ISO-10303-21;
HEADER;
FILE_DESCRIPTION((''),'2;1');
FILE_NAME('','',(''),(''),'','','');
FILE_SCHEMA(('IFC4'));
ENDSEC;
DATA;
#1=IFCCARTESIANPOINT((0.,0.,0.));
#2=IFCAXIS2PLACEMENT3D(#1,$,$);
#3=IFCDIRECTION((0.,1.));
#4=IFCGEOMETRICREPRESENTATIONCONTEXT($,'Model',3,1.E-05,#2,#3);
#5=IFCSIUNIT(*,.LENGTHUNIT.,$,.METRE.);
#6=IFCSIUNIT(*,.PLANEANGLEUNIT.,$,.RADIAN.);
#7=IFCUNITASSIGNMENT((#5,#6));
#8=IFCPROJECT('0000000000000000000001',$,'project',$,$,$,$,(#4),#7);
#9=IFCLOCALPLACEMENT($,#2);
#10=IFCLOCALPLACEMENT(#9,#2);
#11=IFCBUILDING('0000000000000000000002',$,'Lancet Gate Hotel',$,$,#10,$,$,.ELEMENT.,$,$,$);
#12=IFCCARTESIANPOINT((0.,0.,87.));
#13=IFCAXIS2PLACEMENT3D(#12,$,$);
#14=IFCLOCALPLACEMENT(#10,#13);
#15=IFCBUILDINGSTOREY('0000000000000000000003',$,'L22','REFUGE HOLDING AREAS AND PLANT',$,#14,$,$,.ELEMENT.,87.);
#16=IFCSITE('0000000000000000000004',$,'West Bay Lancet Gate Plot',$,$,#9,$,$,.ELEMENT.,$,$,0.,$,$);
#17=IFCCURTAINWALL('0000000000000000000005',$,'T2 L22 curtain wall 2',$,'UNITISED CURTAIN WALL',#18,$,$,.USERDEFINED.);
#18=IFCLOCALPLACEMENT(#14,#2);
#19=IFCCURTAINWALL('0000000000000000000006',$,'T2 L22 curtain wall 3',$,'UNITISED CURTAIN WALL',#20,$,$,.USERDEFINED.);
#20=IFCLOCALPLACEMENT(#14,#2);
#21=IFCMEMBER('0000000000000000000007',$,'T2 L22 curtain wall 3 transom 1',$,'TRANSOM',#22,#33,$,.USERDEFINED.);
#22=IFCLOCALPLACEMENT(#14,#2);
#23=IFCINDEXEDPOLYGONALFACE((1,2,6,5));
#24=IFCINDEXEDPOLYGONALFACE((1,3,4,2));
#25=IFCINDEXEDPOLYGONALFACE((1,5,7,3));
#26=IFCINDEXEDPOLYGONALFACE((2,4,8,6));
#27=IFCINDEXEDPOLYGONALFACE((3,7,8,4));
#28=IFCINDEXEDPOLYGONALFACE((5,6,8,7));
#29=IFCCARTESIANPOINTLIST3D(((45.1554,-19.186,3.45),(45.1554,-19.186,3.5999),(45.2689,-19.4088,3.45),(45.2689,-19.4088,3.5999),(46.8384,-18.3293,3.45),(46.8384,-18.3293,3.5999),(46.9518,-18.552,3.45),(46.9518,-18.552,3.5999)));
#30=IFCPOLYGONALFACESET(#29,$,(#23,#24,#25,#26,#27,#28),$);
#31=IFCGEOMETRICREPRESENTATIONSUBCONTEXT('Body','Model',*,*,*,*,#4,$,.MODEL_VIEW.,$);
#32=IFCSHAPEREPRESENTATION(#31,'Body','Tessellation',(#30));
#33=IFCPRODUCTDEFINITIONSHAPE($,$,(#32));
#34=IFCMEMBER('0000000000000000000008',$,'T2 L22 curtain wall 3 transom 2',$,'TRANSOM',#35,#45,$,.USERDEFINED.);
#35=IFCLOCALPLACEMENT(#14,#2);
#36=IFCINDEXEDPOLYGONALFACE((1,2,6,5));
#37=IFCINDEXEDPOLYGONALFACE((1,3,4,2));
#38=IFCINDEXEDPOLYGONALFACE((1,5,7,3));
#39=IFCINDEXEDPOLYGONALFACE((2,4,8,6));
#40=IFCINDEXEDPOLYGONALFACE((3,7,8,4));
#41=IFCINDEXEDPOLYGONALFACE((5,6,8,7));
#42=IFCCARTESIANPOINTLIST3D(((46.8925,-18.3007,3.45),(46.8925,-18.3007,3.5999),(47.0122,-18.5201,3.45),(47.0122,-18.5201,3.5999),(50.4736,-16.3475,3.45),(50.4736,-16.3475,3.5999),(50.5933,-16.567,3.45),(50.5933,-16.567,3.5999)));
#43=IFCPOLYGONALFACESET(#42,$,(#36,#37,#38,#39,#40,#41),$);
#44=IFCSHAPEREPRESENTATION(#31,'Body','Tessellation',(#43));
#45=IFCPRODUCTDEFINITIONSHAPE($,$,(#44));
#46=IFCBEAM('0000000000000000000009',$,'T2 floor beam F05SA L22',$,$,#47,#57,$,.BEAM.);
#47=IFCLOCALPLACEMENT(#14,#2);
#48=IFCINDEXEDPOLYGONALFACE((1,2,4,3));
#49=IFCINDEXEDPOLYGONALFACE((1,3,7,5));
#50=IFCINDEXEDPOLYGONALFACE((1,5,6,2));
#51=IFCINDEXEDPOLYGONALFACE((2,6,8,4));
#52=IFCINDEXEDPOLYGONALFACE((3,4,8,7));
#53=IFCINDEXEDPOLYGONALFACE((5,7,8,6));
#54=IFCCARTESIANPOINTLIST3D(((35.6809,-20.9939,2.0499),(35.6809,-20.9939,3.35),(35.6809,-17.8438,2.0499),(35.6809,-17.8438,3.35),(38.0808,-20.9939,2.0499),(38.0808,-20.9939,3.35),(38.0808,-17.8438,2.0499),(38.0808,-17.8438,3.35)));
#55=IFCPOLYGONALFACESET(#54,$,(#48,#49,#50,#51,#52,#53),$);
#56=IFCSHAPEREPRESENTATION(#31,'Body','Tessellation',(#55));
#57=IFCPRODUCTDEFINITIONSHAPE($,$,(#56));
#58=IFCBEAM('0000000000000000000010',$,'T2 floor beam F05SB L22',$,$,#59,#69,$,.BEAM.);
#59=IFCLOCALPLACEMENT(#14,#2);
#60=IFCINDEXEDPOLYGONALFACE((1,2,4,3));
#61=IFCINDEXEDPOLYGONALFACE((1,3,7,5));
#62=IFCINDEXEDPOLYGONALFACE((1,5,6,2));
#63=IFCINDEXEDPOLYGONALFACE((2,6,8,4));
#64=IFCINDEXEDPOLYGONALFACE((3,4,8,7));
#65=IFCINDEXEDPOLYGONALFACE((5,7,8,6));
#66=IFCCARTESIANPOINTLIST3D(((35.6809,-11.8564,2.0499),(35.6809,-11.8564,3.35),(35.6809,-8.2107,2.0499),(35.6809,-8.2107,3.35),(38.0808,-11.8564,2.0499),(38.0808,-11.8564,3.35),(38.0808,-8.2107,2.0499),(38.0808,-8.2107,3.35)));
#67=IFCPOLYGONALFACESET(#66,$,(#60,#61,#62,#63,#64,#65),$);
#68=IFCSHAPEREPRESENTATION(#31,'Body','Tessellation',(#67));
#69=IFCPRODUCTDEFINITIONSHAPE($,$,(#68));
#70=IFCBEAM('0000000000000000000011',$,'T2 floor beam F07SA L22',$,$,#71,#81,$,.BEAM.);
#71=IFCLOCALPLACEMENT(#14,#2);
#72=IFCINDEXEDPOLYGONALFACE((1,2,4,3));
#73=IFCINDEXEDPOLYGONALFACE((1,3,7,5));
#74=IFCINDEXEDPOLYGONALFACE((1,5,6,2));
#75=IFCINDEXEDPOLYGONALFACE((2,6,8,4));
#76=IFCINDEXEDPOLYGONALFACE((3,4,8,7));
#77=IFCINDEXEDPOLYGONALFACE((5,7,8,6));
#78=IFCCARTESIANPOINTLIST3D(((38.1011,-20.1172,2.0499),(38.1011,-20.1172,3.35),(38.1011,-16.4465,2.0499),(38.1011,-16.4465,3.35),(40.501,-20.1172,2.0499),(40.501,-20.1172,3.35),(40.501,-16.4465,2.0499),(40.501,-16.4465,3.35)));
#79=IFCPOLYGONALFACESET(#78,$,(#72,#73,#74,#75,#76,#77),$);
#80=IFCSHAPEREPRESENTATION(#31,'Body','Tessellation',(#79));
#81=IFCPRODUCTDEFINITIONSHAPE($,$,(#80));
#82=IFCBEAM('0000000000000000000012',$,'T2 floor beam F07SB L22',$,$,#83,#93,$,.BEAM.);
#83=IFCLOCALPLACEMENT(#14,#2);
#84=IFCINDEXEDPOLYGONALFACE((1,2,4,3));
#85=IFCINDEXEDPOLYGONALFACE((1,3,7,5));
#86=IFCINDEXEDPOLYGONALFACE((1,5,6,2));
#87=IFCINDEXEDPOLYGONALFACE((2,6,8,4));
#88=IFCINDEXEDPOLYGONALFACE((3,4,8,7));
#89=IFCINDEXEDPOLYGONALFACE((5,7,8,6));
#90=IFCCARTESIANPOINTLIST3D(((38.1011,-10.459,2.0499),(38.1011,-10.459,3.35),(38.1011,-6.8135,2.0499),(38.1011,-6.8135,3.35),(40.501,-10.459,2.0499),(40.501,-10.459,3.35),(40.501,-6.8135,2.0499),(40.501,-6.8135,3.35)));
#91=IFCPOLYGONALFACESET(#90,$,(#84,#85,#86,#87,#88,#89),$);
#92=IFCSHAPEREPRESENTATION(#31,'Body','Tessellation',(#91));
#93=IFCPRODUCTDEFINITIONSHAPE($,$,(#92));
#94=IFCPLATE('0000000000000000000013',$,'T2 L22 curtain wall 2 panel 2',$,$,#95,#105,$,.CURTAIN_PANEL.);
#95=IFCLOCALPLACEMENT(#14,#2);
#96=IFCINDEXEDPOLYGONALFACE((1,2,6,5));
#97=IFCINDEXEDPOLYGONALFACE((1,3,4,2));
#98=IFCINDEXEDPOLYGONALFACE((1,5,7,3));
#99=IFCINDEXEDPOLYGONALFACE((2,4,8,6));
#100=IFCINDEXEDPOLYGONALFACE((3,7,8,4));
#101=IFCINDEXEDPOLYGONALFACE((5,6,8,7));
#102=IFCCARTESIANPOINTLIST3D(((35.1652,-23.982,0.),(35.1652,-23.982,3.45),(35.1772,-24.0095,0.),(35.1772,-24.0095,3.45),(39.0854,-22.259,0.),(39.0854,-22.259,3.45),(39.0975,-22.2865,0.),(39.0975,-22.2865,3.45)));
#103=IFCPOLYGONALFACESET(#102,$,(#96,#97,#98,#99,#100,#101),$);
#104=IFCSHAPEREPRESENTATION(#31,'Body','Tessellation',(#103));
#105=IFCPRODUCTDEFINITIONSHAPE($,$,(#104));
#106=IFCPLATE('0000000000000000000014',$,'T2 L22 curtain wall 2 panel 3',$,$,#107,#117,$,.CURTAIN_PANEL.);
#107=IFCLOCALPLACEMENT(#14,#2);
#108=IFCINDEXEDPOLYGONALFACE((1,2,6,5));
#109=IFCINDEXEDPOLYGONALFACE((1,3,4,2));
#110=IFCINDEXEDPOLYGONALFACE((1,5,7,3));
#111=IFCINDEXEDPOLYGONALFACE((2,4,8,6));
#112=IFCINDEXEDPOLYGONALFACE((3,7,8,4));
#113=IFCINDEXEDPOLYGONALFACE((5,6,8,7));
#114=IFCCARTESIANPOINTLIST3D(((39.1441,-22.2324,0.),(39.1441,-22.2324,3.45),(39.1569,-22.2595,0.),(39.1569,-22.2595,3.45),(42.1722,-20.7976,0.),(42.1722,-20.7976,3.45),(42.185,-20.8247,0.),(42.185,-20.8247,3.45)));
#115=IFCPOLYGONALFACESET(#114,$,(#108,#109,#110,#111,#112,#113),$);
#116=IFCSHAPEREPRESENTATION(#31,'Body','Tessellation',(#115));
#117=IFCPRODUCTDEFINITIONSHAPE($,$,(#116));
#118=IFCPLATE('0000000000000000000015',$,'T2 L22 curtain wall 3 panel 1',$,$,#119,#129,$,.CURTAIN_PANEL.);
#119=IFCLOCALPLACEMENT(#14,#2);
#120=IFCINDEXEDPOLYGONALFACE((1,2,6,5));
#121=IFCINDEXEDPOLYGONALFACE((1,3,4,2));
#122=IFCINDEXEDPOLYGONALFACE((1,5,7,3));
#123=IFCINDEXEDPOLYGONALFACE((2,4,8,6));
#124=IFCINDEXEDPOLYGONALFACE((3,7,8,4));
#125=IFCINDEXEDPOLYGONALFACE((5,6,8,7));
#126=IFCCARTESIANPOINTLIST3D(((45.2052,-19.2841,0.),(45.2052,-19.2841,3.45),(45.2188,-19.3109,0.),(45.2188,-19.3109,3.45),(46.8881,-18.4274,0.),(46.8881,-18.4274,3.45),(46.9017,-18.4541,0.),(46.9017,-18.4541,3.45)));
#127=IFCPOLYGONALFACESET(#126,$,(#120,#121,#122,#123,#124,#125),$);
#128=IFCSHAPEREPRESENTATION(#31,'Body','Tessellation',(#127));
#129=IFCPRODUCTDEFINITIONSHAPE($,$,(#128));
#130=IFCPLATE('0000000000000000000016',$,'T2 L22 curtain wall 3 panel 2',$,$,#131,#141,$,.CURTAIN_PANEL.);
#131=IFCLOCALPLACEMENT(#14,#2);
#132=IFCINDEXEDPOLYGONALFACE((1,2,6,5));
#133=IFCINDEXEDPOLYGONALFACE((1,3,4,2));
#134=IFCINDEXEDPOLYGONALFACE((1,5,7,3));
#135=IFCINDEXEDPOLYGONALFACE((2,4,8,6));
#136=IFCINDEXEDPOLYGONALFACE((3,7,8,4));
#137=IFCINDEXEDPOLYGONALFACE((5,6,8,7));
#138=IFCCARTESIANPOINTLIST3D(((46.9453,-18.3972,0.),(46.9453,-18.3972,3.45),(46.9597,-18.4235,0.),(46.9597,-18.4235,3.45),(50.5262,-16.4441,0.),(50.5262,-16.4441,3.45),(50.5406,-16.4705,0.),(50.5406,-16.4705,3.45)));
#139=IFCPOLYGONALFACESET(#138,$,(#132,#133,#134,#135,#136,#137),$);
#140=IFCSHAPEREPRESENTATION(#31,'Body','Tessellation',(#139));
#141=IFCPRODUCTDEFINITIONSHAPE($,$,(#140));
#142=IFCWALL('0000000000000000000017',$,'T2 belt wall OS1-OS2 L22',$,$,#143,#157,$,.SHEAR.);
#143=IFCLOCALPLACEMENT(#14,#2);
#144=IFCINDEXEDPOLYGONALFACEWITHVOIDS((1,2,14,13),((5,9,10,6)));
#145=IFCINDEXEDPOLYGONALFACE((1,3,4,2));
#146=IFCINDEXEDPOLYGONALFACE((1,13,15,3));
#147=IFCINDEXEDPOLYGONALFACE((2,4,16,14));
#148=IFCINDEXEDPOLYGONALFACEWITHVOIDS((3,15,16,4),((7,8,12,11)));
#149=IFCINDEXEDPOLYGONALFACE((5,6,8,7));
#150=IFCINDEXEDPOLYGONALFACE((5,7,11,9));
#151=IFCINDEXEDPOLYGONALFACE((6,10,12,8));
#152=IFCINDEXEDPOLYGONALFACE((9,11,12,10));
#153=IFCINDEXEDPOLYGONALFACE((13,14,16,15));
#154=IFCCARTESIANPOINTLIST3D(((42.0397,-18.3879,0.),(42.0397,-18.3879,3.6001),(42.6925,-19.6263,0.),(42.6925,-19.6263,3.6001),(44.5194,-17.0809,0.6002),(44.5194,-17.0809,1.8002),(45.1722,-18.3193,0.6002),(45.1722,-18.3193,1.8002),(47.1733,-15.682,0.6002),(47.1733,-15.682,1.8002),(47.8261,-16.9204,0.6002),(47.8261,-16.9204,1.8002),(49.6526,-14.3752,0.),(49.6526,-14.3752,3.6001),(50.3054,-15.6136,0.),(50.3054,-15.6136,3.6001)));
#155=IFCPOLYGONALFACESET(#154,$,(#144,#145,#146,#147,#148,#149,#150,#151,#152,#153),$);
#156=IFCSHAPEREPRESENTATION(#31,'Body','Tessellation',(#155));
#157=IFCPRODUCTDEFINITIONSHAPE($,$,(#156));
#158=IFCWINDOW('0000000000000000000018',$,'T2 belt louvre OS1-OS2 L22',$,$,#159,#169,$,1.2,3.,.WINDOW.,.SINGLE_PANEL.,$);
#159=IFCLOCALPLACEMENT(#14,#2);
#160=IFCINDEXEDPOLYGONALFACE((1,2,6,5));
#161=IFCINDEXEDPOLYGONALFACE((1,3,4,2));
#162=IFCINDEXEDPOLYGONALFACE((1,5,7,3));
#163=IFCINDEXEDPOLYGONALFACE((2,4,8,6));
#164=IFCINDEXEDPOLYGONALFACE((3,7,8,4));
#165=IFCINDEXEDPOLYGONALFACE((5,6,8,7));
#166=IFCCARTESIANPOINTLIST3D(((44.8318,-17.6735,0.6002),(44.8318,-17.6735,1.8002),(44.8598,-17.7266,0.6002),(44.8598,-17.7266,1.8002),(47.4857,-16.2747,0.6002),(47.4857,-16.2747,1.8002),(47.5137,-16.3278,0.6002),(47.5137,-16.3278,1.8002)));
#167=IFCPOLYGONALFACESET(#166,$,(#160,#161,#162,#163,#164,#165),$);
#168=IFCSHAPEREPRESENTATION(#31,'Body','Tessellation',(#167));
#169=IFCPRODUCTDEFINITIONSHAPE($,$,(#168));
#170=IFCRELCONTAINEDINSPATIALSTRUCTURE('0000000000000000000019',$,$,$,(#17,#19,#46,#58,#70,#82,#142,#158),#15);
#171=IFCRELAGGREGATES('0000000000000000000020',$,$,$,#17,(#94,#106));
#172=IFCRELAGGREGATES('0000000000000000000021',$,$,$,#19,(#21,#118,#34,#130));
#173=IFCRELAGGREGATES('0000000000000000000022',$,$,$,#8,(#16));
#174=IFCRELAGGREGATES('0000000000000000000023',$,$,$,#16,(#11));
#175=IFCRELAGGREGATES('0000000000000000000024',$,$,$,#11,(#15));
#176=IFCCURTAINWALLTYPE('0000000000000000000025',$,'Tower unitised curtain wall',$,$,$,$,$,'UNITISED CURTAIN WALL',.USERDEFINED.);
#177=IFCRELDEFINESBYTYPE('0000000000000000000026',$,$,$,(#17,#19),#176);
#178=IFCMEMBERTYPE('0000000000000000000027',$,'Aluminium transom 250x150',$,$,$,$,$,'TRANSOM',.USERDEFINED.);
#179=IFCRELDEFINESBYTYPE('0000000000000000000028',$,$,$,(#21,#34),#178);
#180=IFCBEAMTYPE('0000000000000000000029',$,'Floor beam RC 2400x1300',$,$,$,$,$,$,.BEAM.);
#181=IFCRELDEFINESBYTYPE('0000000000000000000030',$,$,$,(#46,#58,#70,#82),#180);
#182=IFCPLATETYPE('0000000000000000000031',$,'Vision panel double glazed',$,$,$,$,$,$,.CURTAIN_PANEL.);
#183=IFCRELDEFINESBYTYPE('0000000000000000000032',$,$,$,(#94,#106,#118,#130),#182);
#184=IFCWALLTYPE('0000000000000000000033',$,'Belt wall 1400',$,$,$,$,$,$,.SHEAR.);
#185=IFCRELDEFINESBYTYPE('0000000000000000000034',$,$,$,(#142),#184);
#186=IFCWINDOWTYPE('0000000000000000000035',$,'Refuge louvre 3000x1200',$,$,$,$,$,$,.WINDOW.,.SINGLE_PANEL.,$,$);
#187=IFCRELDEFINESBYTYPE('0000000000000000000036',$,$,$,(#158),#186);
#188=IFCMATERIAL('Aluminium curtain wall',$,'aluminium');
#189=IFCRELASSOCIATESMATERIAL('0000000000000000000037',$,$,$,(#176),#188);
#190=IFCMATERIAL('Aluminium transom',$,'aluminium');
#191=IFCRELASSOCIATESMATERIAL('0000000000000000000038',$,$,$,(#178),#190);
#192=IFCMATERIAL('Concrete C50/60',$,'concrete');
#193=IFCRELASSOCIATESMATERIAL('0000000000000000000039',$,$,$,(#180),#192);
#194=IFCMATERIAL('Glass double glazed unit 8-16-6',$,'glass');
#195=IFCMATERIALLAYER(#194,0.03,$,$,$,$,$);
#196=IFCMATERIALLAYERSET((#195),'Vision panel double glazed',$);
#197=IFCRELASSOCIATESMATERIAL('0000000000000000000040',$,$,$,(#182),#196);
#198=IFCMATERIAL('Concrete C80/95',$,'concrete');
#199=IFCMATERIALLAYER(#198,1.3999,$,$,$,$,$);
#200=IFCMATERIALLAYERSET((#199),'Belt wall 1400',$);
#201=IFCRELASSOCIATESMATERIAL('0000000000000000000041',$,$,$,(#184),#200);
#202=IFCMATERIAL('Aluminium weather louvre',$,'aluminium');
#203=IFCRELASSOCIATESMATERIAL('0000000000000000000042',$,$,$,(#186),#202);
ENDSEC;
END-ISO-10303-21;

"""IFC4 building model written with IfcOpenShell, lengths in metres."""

from ifc_helpers import new_model, si_unit, direction, frame, frame_2d, origin, origin_2d, place, context, subcontext, project, spatial, rectangle, extrude, material, layer, layer_set, material_profile, profile_set, type_object, element, fill, aggregate, save


model = new_model("IFC4")

# Units and contexts
model_context = context("Model", 3, precision=1e-05, world=origin(), true_north=direction((0.0, 1.0)))
body_context = subcontext(model_context, "Body", "Model", "MODEL_VIEW")
ifc_project = project(units=[si_unit("LENGTHUNIT", "METRE"), si_unit("PLANEANGLEUNIT", "RADIAN")], contexts=[model_context])

# Site, building, storey
site_placement = place(None, origin())
site = spatial("IfcSite", under=ifc_project, at=site_placement, Name="West Bay Lancet Gate Plot", CompositionType="ELEMENT", RefElevation=0.0)
building_placement = place(site_placement, origin())
building = spatial("IfcBuilding", under=site, at=building_placement, Name="Lancet Gate Hotel", CompositionType="ELEMENT")
storey_placement = place(building_placement, frame((0.0, 0.0, 87.0)))
storey = spatial("IfcBuildingStorey", under=building, at=storey_placement, Name="L22", Description="REFUGE HOLDING AREAS AND PLANT", CompositionType="ELEMENT", Elevation=87.0)

# Curtain walls
ifc_material_1 = material(Name="Aluminium curtain wall", Category="aluminium")
curtain_wall_type = type_object("IfcCurtainWallType", Name="Tower unitised curtain wall", ElementType="UNITISED CURTAIN WALL", PredefinedType="USERDEFINED", material=ifc_material_1)
curtain_wall_1_placement = place(storey_placement, origin())
curtain_wall_1 = element("IfcCurtainWall", 1, at=curtain_wall_1_placement, inside=storey, type_object=curtain_wall_type, Name="T2 L22 curtain wall 2", ObjectType="UNITISED CURTAIN WALL", PredefinedType="USERDEFINED")
curtain_wall_2_placement = place(storey_placement, origin())
curtain_wall_2 = element("IfcCurtainWall", 2, at=curtain_wall_2_placement, inside=storey, type_object=curtain_wall_type, Name="T2 L22 curtain wall 3", ObjectType="UNITISED CURTAIN WALL", PredefinedType="USERDEFINED")

# Members
ifc_material_2 = material(Name="Aluminium transom", Category="aluminium")
ifc_material_profile_1 = material_profile(ifc_material_2, rectangle(XDim=0.25, YDim=0.1499, at=origin_2d()), Name="TRANSOM 250x150")
ifc_profile_set_1 = profile_set([ifc_material_profile_1], Name="Aluminium transom")
member_type_1 = type_object("IfcMemberType", Name="Aluminium transom 250x150", ElementType="TRANSOM", PredefinedType="USERDEFINED", material=ifc_profile_set_1)
member_1_placement = place(storey_placement, frame((45.2122, -19.2974, 3.5249), z_axis=(0.891172, 0.453666, 0.0), x_axis=(-0.453666, 0.891172, 0.0)))
member_1 = element("IfcMember", 3, at=member_1_placement, type_object=member_type_1, Name="T2 L22 curtain wall 3 transom 1", ObjectType="TRANSOM", PredefinedType="USERDEFINED", context=body_context, shape_type="SweptSolid", body=[
    extrude(rectangle(XDim=0.25, YDim=0.1499, at=origin_2d()), origin(), (0.0, 0.0, 1.0), 1.8884),
])
member_2_placement = place(storey_placement, frame((46.9524, -18.4104, 3.5249), z_axis=(0.877914, 0.478819, 0.0), x_axis=(-0.478819, 0.877914, 0.0)))
member_2 = element("IfcMember", 4, at=member_2_placement, type_object=member_type_1, Name="T2 L22 curtain wall 3 transom 2", ObjectType="TRANSOM", PredefinedType="USERDEFINED", context=body_context, shape_type="SweptSolid", body=[
    extrude(rectangle(XDim=0.25, YDim=0.1499, at=origin_2d()), origin(), (0.0, 0.0, 1.0), 4.0791),
])

# Beams
ifc_material_3 = material(Name="Concrete C50/60", Category="concrete")
ifc_material_profile_2 = material_profile(ifc_material_3, rectangle(XDim=2.3999, YDim=1.3, at=origin_2d()), Name="RC 2400x1300")
ifc_profile_set_2 = profile_set([ifc_material_profile_2], Name="Concrete C50/60")
beam_type = type_object("IfcBeamType", Name="Floor beam RC 2400x1300", PredefinedType="BEAM", material=ifc_profile_set_2)
beam_1_placement = place(storey_placement, frame((36.8809, -20.9939, 2.7), z_axis=(0.0, 1.0, 0.0), x_axis=(-1.0, 0.0, 0.0)))
element("IfcBeam", 5, at=beam_1_placement, inside=storey, type_object=beam_type, Name="T2 floor beam F05SA L22", PredefinedType="BEAM", context=body_context, shape_type="SweptSolid", body=[
    extrude(rectangle(XDim=2.3999, YDim=1.3, at=origin_2d()), origin(), (0.0, 0.0, 1.0), 3.1501),
])
beam_2_placement = place(storey_placement, frame((36.8809, -11.8564, 2.7), z_axis=(0.0, 1.0, 0.0), x_axis=(-1.0, 0.0, 0.0)))
element("IfcBeam", 6, at=beam_2_placement, inside=storey, type_object=beam_type, Name="T2 floor beam F05SB L22", PredefinedType="BEAM", context=body_context, shape_type="SweptSolid", body=[
    extrude(rectangle(XDim=2.3999, YDim=1.3, at=origin_2d()), origin(), (0.0, 0.0, 1.0), 3.6458),
])
beam_3_placement = place(storey_placement, frame((39.301, -20.1172, 2.7), z_axis=(0.0, 1.0, 0.0), x_axis=(-1.0, 0.0, 0.0)))
element("IfcBeam", 7, at=beam_3_placement, inside=storey, type_object=beam_type, Name="T2 floor beam F07SA L22", PredefinedType="BEAM", context=body_context, shape_type="SweptSolid", body=[
    extrude(rectangle(XDim=2.3999, YDim=1.3, at=origin_2d()), origin(), (0.0, 0.0, 1.0), 3.6707),
])
beam_4_placement = place(storey_placement, frame((39.301, -10.459, 2.7), z_axis=(0.0, 1.0, 0.0), x_axis=(-1.0, 0.0, 0.0)))
element("IfcBeam", 8, at=beam_4_placement, inside=storey, type_object=beam_type, Name="T2 floor beam F07SB L22", PredefinedType="BEAM", context=body_context, shape_type="SweptSolid", body=[
    extrude(rectangle(XDim=2.3999, YDim=1.3, at=origin_2d()), origin(), (0.0, 0.0, 1.0), 3.6455),
])

# Plates
ifc_material_4 = material(Name="Glass double glazed unit 8-16-6", Category="glass")
ifc_layer_1 = layer(ifc_material_4, 0.03)
ifc_layer_set_1 = layer_set([ifc_layer_1], Name="Vision panel double glazed")
plate_type = type_object("IfcPlateType", Name="Vision panel double glazed", PredefinedType="CURTAIN_PANEL", material=ifc_layer_set_1)
plate_1_placement = place(storey_placement, frame((37.1313, -23.1343, 0.0), z_axis=(0.0, 0.0, 1.0), x_axis=(0.915479, 0.402367, 0.0)))
plate_1 = element("IfcPlate", 9, at=plate_1_placement, type_object=plate_type, Name="T2 L22 curtain wall 2 panel 2", PredefinedType="CURTAIN_PANEL", context=body_context, shape_type="SweptSolid", body=[
    extrude(rectangle(XDim=4.2822, YDim=0.03, at=origin_2d()), origin(), (0.0, 0.0, 1.0), 3.45),
])
plate_2_placement = place(storey_placement, frame((40.6646, -21.5286, 0.0), z_axis=(0.0, 0.0, 1.0), x_axis=(0.903683, 0.428201, 0.0)))
plate_2 = element("IfcPlate", 10, at=plate_2_placement, type_object=plate_type, Name="T2 L22 curtain wall 2 panel 3", PredefinedType="CURTAIN_PANEL", context=body_context, shape_type="SweptSolid", body=[
    extrude(rectangle(XDim=3.3508, YDim=0.03, at=origin_2d()), origin(), (0.0, 0.0, 1.0), 3.45),
])
aggregate(curtain_wall_1, [plate_1, plate_2])
plate_3_placement = place(storey_placement, frame((46.0535, -18.8691, 0.0), z_axis=(0.0, 0.0, 1.0), x_axis=(0.891159, 0.45369, 0.0)))
plate_3 = element("IfcPlate", 11, at=plate_3_placement, type_object=plate_type, Name="T2 L22 curtain wall 3 panel 1", PredefinedType="CURTAIN_PANEL", context=body_context, shape_type="SweptSolid", body=[
    extrude(rectangle(XDim=1.8884, YDim=0.03, at=origin_2d()), origin(), (0.0, 0.0, 1.0), 3.45),
])
plate_4_placement = place(storey_placement, frame((48.7429, -17.4338, 0.0), z_axis=(0.0, 0.0, 1.0), x_axis=(0.877916, 0.478814, 0.0)))
plate_4 = element("IfcPlate", 12, at=plate_4_placement, type_object=plate_type, Name="T2 L22 curtain wall 3 panel 2", PredefinedType="CURTAIN_PANEL", context=body_context, shape_type="SweptSolid", body=[
    extrude(rectangle(XDim=4.0789, YDim=0.03, at=origin_2d()), origin(), (0.0, 0.0, 1.0), 3.45),
])
aggregate(curtain_wall_2, [member_1, plate_3, member_2, plate_4])

# Wall, opening, window
ifc_material_5 = material(Name="Concrete C80/95", Category="concrete")
ifc_layer_2 = layer(ifc_material_5, 1.3999)
ifc_layer_set_2 = layer_set([ifc_layer_2], Name="Belt wall 1400")
wall_type_1 = type_object("IfcWallType", Name="Belt wall 1400", PredefinedType="SHEAR", material=ifc_layer_set_2)
wall_1_placement = place(storey_placement, frame((42.3662, -19.0071, 0.0), z_axis=(0.0, 0.0, 1.0), x_axis=(0.884633, 0.466289, 0.0)))
wall_1 = element("IfcWall", 13, at=wall_1_placement, inside=storey, type_object=wall_type_1, Name="T2 belt wall OS1-OS2 L22", PredefinedType="SHEAR", context=body_context, shape_type="SweptSolid", body=[
    extrude(rectangle(XDim=8.6057, YDim=1.3999, at=frame_2d((4.3027, 0.0))), origin(), (0.0, 0.0, 1.0), 3.6001),
])
opening_1_placement = place(wall_1_placement, frame((2.803, 0.0, 0.6001)))
opening_1 = element("IfcOpeningElement", 14, at=opening_1_placement, cuts=wall_1, PredefinedType="OPENING", context=body_context, shape_type="SweptSolid", body=[
    extrude(rectangle(XDim=3.0, YDim=1.2, at=frame_2d((1.5, 0.6001))), frame((0.0, 0.71, 0.0), z_axis=(0.0, -1.0, 0.0), x_axis=(1.0, 0.0, 0.0)), (0.0, 0.0, 1.0), 1.4199),
])
ifc_material_6 = material(Name="Aluminium weather louvre", Category="aluminium")
window_type = type_object("IfcWindowType", Name="Refuge louvre 3000x1200", PartitioningType="SINGLE_PANEL", PredefinedType="WINDOW", material=ifc_material_6)
window_placement = place(opening_1_placement, origin())
window = element("IfcWindow", 15, at=window_placement, inside=storey, type_object=window_type, Name="T2 belt louvre OS1-OS2 L22", OverallHeight=1.2, OverallWidth=3.0, PartitioningType="SINGLE_PANEL", PredefinedType="WINDOW", context=body_context, shape_type="SweptSolid", body=[
    extrude(rectangle(XDim=3.0, YDim=1.2, at=frame_2d((1.5, 0.6001))), frame((0.0, 0.03, 0.0), z_axis=(0.0, -1.0, 0.0), x_axis=(1.0, 0.0, 0.0)), (0.0, 0.0, 1.0), 0.0601),
])
fill(opening_1, window)

save(model, "model.ifc")
